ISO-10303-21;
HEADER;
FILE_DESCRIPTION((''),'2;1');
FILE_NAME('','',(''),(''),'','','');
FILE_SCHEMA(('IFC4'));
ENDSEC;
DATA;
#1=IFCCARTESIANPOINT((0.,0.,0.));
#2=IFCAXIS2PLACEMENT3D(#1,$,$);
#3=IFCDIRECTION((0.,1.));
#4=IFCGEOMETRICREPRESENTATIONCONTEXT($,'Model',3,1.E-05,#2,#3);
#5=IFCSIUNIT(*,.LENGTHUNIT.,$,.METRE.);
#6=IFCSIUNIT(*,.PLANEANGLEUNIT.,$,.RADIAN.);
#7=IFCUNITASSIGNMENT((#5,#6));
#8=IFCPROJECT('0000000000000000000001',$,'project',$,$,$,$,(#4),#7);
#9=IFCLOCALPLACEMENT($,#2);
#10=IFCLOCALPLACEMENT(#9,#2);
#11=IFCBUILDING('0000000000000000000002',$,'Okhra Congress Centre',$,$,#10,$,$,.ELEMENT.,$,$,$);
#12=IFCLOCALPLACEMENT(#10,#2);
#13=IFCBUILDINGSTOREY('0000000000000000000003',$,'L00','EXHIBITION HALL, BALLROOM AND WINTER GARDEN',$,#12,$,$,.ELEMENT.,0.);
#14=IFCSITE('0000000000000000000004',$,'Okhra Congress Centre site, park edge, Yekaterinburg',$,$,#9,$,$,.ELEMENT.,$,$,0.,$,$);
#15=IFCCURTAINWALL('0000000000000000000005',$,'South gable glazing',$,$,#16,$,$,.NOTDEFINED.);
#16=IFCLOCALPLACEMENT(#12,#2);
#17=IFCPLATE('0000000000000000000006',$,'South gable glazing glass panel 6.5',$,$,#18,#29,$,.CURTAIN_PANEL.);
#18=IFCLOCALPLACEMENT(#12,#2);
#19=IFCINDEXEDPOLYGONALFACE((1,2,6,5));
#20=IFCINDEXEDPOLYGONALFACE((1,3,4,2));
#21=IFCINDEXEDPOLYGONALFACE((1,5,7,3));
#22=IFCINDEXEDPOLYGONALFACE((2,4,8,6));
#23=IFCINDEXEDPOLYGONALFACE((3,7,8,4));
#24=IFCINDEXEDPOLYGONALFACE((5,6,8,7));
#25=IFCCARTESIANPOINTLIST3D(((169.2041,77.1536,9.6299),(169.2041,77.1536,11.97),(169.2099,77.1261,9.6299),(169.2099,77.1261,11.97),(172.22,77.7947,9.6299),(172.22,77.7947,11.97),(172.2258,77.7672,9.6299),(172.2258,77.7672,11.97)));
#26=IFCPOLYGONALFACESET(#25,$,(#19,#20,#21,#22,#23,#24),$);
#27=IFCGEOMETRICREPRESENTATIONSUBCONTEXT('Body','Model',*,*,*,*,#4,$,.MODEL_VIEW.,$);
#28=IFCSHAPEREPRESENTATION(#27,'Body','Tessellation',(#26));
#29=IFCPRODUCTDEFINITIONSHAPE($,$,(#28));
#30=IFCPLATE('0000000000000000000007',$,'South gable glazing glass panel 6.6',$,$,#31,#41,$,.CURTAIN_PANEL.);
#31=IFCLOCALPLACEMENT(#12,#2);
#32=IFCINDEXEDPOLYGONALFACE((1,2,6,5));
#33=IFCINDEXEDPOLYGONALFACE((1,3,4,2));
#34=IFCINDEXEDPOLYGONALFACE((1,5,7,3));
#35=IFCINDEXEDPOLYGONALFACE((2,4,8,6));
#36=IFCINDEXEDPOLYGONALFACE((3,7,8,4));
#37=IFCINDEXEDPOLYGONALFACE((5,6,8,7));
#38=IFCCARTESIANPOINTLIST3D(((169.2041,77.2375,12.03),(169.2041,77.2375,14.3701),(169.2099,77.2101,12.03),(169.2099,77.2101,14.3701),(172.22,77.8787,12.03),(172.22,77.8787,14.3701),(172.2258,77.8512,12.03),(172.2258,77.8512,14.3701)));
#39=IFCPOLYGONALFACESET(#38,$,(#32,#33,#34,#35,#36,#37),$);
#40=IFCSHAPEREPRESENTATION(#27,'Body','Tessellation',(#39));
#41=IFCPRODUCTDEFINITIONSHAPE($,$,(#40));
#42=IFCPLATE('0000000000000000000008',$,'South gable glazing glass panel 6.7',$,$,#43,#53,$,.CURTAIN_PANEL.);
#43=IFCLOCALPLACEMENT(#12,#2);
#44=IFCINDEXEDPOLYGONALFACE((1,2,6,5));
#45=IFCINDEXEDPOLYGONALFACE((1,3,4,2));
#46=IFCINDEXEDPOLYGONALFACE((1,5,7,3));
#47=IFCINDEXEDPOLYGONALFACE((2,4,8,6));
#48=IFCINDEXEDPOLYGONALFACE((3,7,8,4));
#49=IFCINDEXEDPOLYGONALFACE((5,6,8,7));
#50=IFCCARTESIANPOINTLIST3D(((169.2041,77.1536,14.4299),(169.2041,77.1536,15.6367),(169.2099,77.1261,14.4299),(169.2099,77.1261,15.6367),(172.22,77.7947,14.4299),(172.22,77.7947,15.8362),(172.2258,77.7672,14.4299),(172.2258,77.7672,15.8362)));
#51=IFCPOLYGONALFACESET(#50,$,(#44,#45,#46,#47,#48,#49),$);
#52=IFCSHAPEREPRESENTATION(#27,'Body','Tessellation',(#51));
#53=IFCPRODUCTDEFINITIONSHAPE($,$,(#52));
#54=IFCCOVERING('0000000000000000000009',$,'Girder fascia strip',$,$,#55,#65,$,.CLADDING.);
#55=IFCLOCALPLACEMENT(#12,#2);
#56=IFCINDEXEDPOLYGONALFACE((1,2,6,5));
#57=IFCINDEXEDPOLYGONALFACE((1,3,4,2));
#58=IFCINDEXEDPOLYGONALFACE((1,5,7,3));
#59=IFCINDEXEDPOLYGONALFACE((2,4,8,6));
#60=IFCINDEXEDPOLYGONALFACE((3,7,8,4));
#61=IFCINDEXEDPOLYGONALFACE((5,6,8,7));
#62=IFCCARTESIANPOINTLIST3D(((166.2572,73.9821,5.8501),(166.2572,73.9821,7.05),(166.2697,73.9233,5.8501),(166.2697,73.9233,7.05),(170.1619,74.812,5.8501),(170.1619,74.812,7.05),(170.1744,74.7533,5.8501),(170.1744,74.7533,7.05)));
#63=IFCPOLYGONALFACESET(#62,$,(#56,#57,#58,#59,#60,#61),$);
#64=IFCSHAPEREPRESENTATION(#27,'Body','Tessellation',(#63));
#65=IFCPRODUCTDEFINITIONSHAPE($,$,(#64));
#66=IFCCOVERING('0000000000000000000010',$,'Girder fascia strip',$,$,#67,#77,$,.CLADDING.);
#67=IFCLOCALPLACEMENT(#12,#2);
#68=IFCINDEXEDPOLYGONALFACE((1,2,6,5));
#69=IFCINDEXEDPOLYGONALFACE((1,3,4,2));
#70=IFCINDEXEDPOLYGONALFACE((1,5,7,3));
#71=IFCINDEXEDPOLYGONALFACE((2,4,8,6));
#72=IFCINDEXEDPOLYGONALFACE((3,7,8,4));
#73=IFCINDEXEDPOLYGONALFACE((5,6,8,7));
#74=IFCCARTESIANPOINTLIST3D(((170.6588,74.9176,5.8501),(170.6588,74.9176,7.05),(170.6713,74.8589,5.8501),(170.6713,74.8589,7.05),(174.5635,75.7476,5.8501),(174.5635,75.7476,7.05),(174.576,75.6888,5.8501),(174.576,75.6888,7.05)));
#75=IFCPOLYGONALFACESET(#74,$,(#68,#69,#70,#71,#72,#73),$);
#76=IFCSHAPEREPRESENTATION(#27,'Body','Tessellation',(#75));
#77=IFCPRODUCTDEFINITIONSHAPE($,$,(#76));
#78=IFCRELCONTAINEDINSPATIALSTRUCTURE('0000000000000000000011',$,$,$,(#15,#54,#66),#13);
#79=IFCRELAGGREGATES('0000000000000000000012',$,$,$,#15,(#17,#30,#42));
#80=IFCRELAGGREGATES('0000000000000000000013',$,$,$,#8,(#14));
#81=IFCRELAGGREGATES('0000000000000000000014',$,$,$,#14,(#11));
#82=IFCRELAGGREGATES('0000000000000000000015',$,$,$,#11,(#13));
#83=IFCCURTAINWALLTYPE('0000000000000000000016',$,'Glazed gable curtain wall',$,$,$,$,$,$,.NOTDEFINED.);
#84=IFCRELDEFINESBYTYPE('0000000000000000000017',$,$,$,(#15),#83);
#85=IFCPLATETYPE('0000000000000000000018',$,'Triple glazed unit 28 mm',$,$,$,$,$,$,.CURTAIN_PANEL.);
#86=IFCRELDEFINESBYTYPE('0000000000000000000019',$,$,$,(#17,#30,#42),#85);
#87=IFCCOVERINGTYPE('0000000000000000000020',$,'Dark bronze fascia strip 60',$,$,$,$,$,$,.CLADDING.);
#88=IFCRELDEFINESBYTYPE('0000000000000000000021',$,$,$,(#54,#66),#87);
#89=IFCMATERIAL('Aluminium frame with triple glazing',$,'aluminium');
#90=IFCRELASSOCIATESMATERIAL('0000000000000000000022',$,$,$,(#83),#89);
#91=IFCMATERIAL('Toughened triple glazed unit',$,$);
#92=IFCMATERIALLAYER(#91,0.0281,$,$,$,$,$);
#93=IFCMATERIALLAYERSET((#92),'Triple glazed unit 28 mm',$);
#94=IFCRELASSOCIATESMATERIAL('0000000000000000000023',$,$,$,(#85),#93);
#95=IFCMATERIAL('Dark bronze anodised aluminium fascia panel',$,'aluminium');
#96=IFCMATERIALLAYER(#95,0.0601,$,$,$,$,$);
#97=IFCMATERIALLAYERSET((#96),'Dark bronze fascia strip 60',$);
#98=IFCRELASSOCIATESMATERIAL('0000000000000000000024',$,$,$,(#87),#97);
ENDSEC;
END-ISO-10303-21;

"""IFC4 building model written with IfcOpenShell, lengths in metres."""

from ifc_helpers import new_model, si_unit, direction, frame, origin, origin_2d, place, context, subcontext, project, spatial, polyline, rectangle, outline, extrude, material, layer, layer_set, type_object, element, aggregate, save


model = new_model("IFC4")

# Units and contexts
model_context = context("Model", 3, precision=1e-05, world=origin(), true_north=direction((0.0, 1.0)))
body_context = subcontext(model_context, "Body", "Model", "MODEL_VIEW")
ifc_project = project(units=[si_unit("LENGTHUNIT", "METRE"), si_unit("PLANEANGLEUNIT", "RADIAN")], contexts=[model_context])

# Site, building, storey
site_placement = place(None, origin())
site = spatial("IfcSite", under=ifc_project, at=site_placement, Name="Okhra Congress Centre site, park edge, Yekaterinburg", CompositionType="ELEMENT", RefElevation=0.0)
building_placement = place(site_placement, origin())
building = spatial("IfcBuilding", under=site, at=building_placement, Name="Okhra Congress Centre", CompositionType="ELEMENT")
storey_placement = place(building_placement, origin())
storey = spatial("IfcBuildingStorey", under=building, at=storey_placement, Name="L00", Description="EXHIBITION HALL, BALLROOM AND WINTER GARDEN", CompositionType="ELEMENT", Elevation=0.0)

# Curtain wall
ifc_material_1 = material(Name="Aluminium frame with triple glazing", Category="aluminium")
curtain_wall_type = type_object("IfcCurtainWallType", Name="Glazed gable curtain wall", PredefinedType="NOTDEFINED", material=ifc_material_1)
curtain_wall_placement = place(storey_placement, origin())
curtain_wall = element("IfcCurtainWall", 1, at=curtain_wall_placement, inside=storey, type_object=curtain_wall_type, Name="South gable glazing", PredefinedType="NOTDEFINED")

# Plates
ifc_material_2 = material(Name="Toughened triple glazed unit")
ifc_layer_1 = layer(ifc_material_2, 0.0281)
ifc_layer_set_1 = layer_set([ifc_layer_1], Name="Triple glazed unit 28 mm")
plate_type = type_object("IfcPlateType", Name="Triple glazed unit 28 mm", PredefinedType="CURTAIN_PANEL", material=ifc_layer_set_1)
plate_1_placement = place(storey_placement, frame((172.22, 77.7947, 9.6299), z_axis=(-0.207934, 0.978143, 0.0), x_axis=(-0.978143, -0.207934, 0.0)))
plate_1 = element("IfcPlate", 2, at=plate_1_placement, type_object=plate_type, Name="South gable glazing glass panel 6.5", PredefinedType="CURTAIN_PANEL", context=body_context, shape_type="SweptSolid", body=[
    extrude(outline(polyline([(0.0, 0.0), (3.0833, 0.0), (3.0833, 2.3401), (0.0, 2.3401), (0.0, 0.0)])), origin(), (0.0, 0.0, -1.0), 0.0281),
])
plate_2_placement = place(storey_placement, frame((172.22, 77.8787, 12.03), z_axis=(-0.207934, 0.978143, 0.0), x_axis=(-0.978143, -0.207934, 0.0)))
plate_2 = element("IfcPlate", 3, at=plate_2_placement, type_object=plate_type, Name="South gable glazing glass panel 6.6", PredefinedType="CURTAIN_PANEL", context=body_context, shape_type="SweptSolid", body=[
    extrude(outline(polyline([(0.0, 0.0), (3.0833, 0.0), (3.0833, 2.3401), (0.0, 2.3401), (0.0, 0.0)])), origin(), (0.0, 0.0, -1.0), 0.0281),
])
plate_3_placement = place(storey_placement, frame((172.22, 77.7947, 14.4299), z_axis=(-0.207934, 0.978143, 0.0), x_axis=(-0.978143, -0.207934, 0.0)))
plate_3 = element("IfcPlate", 4, at=plate_3_placement, type_object=plate_type, Name="South gable glazing glass panel 6.7", PredefinedType="CURTAIN_PANEL", context=body_context, shape_type="SweptSolid", body=[
    extrude(outline(polyline([(0.0, 0.0), (3.0833, 0.0), (3.0833, 1.2068), (0.0, 1.4063), (0.0, 0.0)])), origin(), (0.0, 0.0, -1.0), 0.0281),
])
aggregate(curtain_wall, [plate_1, plate_2, plate_3])

# Coverings
ifc_material_3 = material(Name="Dark bronze anodised aluminium fascia panel", Category="aluminium")
ifc_layer_2 = layer(ifc_material_3, 0.0601)
ifc_layer_set_2 = layer_set([ifc_layer_2], Name="Dark bronze fascia strip 60")
covering_type = type_object("IfcCoveringType", Name="Dark bronze fascia strip 60", PredefinedType="CLADDING", material=ifc_layer_set_2)
for number, where, z_axis, x_axis, name in (
    (5, (168.2158, 74.3677, 5.8501), (0.0, 0.0, 1.0), (0.978148, 0.207912, 0.0), "Girder fascia strip"),
    (6, (172.6174, 75.3032, 5.8501), (0.0, 0.0, 1.0), (0.978148, 0.207912, 0.0), "Girder fascia strip"),
):
    element("IfcCovering", number, at=place(storey_placement, frame(where, z_axis=z_axis, x_axis=x_axis)), inside=storey, type_object=covering_type, Name=name, PredefinedType="CLADDING", context=body_context, shape_type="SweptSolid", body=[
        extrude(rectangle(XDim=3.9919, YDim=0.0601, at=origin_2d()), origin(), (0.0, 0.0, 1.0), 1.2),
    ])

save(model, "model.ifc")
